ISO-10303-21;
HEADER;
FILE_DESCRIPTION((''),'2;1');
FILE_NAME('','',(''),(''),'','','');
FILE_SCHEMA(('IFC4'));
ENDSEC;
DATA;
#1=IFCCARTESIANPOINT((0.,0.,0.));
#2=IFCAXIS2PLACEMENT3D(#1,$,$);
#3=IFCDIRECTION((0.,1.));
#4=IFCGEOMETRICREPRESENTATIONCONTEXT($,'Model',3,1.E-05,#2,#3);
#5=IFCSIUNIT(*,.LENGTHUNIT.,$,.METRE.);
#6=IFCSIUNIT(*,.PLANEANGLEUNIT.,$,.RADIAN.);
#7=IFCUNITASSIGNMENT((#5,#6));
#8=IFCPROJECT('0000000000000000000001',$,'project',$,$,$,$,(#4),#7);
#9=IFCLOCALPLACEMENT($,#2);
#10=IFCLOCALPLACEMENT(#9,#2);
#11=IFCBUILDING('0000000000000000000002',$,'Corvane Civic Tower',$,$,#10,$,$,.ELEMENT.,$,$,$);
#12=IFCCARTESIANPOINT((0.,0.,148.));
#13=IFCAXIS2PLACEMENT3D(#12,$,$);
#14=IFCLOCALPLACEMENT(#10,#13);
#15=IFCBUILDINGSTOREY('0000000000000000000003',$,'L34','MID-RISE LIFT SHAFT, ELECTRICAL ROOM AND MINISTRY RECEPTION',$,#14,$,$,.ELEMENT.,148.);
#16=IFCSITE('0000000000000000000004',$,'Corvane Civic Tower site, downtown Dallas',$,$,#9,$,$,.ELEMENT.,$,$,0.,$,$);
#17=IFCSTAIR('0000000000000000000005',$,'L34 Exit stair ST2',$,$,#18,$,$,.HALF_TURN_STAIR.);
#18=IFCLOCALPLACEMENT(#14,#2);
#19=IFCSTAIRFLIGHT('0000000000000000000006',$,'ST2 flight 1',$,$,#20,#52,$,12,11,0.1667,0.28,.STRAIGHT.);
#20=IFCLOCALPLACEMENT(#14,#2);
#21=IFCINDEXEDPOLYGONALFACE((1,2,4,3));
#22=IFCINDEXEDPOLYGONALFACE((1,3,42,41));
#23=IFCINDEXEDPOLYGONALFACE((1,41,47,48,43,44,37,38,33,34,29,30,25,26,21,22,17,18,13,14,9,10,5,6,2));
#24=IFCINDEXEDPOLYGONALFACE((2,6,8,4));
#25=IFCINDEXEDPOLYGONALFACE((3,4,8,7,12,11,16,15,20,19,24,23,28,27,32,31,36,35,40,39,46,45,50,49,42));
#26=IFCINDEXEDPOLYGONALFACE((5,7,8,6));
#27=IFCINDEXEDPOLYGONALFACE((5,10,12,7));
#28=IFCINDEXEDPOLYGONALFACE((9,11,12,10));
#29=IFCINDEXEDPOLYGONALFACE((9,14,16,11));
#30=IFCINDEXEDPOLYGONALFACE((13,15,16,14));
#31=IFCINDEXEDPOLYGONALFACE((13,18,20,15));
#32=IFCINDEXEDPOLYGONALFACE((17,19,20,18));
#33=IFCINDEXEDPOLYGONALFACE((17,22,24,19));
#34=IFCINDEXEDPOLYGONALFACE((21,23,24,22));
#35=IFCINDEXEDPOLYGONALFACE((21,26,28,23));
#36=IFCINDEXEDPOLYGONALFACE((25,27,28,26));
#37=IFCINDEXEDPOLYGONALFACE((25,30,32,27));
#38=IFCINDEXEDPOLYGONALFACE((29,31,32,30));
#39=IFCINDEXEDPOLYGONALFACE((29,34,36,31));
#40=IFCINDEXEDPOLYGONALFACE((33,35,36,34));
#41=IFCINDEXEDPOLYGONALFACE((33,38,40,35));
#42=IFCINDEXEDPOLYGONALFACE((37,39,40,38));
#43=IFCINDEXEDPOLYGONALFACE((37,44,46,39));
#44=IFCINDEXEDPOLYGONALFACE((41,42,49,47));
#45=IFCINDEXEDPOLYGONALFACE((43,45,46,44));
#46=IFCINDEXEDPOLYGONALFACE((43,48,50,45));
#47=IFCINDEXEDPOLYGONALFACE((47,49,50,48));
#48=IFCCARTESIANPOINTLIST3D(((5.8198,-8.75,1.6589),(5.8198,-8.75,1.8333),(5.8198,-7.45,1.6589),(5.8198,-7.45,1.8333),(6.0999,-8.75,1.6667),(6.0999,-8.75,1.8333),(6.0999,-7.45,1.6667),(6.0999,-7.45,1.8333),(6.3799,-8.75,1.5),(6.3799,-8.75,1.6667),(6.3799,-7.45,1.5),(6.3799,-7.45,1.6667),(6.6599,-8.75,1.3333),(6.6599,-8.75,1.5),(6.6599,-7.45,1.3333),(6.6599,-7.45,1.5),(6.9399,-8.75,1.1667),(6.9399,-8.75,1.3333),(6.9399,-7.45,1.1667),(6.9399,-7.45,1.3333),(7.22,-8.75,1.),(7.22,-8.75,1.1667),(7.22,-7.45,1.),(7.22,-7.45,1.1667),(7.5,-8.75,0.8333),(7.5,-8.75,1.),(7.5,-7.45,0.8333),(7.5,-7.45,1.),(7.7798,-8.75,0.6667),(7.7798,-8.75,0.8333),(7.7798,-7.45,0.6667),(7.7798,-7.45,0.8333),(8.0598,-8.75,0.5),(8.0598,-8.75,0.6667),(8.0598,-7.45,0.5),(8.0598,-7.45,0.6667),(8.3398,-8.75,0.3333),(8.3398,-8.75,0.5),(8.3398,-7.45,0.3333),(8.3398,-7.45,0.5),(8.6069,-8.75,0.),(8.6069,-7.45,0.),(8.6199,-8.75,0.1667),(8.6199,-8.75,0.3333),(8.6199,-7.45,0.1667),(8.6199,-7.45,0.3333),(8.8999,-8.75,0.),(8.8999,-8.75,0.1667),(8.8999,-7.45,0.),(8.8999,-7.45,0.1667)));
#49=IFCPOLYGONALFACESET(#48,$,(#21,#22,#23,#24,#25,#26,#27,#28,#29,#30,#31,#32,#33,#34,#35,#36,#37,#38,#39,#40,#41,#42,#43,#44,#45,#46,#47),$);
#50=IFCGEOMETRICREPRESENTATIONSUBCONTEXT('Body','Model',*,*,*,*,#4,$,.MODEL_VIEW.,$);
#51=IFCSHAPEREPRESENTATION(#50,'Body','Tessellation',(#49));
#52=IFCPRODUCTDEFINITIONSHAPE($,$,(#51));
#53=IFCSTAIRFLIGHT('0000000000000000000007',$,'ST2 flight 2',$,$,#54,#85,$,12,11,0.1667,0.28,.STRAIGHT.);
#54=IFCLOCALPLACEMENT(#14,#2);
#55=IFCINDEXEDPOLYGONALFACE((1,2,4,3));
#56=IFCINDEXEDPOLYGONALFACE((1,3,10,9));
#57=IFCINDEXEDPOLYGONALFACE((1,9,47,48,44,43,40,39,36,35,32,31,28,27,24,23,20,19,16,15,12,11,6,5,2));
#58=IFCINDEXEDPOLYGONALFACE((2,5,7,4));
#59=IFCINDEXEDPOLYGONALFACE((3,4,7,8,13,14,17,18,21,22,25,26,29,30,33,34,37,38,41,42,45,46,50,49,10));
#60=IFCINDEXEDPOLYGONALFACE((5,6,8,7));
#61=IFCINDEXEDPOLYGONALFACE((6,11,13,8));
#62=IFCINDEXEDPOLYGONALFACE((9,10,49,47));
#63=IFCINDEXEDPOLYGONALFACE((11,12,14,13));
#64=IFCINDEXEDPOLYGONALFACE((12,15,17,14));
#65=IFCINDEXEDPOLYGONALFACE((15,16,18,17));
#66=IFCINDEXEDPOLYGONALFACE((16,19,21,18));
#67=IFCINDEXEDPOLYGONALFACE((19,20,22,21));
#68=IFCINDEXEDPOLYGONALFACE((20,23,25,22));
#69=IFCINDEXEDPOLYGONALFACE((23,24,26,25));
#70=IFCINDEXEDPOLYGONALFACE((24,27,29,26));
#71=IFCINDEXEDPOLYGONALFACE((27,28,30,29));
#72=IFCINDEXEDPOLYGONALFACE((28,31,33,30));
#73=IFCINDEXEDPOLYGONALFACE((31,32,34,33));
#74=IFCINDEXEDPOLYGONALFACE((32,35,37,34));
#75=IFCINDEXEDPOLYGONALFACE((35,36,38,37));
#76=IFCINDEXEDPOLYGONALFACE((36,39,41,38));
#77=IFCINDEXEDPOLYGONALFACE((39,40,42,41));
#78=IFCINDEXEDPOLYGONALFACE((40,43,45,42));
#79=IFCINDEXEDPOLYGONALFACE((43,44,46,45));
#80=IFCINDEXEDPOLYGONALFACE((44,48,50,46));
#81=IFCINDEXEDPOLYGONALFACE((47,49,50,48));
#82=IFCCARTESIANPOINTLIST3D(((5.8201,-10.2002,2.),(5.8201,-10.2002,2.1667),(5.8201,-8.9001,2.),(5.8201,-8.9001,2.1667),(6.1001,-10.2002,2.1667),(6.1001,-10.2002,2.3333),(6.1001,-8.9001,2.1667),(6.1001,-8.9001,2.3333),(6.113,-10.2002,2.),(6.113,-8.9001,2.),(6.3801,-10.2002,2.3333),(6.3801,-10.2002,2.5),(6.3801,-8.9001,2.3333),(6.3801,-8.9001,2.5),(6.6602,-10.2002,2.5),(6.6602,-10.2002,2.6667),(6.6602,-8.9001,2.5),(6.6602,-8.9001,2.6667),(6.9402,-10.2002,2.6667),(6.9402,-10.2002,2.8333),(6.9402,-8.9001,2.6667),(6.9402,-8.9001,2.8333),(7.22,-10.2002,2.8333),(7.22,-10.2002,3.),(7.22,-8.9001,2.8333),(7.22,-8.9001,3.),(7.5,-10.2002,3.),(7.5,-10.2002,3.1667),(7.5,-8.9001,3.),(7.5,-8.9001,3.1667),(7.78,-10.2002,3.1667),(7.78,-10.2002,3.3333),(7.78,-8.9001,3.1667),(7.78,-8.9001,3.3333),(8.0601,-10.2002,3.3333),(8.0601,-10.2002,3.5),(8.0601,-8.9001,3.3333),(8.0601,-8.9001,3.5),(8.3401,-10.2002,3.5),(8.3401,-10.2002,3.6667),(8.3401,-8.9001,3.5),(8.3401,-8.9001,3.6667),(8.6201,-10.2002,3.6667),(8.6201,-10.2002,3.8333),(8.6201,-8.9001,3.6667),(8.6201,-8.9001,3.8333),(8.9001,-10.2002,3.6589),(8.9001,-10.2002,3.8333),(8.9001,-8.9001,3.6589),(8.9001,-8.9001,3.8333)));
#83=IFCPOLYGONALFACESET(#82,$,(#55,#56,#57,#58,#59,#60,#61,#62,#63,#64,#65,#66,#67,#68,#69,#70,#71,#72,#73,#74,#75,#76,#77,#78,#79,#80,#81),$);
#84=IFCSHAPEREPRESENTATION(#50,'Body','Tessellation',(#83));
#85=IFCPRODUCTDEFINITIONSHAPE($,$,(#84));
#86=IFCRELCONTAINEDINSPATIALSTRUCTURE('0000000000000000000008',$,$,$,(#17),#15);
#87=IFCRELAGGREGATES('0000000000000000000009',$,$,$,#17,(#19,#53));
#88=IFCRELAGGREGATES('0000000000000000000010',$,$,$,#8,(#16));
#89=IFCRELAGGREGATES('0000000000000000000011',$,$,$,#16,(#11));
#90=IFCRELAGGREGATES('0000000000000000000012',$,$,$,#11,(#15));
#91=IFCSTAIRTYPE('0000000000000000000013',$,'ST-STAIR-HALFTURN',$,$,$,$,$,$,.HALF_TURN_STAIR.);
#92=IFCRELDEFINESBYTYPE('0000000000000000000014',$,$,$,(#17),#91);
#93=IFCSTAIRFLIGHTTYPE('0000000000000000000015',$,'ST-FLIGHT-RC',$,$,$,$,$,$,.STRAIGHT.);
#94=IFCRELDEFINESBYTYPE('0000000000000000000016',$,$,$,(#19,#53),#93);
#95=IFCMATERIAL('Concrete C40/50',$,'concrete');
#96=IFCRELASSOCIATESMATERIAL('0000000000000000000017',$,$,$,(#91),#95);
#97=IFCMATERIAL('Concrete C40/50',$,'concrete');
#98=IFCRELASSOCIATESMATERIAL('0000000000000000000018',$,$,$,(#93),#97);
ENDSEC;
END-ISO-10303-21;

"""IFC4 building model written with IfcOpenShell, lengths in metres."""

from ifc_helpers import new_model, si_unit, direction, frame, origin, place, context, subcontext, project, spatial, polyline, outline, extrude, material, type_object, element, aggregate, save


model = new_model("IFC4")

# Units and contexts
model_context = context("Model", 3, precision=1e-05, world=origin(), true_north=direction((0.0, 1.0)))
body_context = subcontext(model_context, "Body", "Model", "MODEL_VIEW")
ifc_project = project(units=[si_unit("LENGTHUNIT", "METRE"), si_unit("PLANEANGLEUNIT", "RADIAN")], contexts=[model_context])

# Site, building, storey
site_placement = place(None, origin())
site = spatial("IfcSite", under=ifc_project, at=site_placement, Name="Corvane Civic Tower site, downtown Dallas", CompositionType="ELEMENT", RefElevation=0.0)
building_placement = place(site_placement, origin())
building = spatial("IfcBuilding", under=site, at=building_placement, Name="Corvane Civic Tower", CompositionType="ELEMENT")
storey_placement = place(building_placement, frame((0.0, 0.0, 148.0)))
storey = spatial("IfcBuildingStorey", under=building, at=storey_placement, Name="L34", Description="MID-RISE LIFT SHAFT, ELECTRICAL ROOM AND MINISTRY RECEPTION", CompositionType="ELEMENT", Elevation=148.0)

# Stair, stair flights
ifc_material_1 = material(Name="Concrete C40/50", Category="concrete")
stair_type = type_object("IfcStairType", Name="ST-STAIR-HALFTURN", PredefinedType="HALF_TURN_STAIR", material=ifc_material_1)
stair_placement = place(storey_placement, origin())
stair = element("IfcStair", 1, at=stair_placement, inside=storey, type_object=stair_type, Name="L34 Exit stair ST2", PredefinedType="HALF_TURN_STAIR")
ifc_material_2 = material(Name="Concrete C40/50", Category="concrete")
stair_flight_type = type_object("IfcStairFlightType", Name="ST-FLIGHT-RC", PredefinedType="STRAIGHT", material=ifc_material_2)
stair_flight_1_placement = place(storey_placement, frame((8.8999, -8.1001, 0.0), z_axis=(0.0, 0.0, 1.0), x_axis=(-1.0, 0.0, 0.0)))
stair_flight_1 = element("IfcStairFlight", 2, at=stair_flight_1_placement, type_object=stair_flight_type, Name="ST2 flight 1", NumberOfRisers=12, NumberOfTreads=11, PredefinedType="STRAIGHT", RiserHeight=0.1667, TreadLength=0.28, context=body_context, shape_type="SweptSolid", body=[
    extrude(outline(polyline([(0.0, 0.0), (0.0, 0.1667), (0.28, 0.1667), (0.28, 0.3333), (0.5601, 0.3333), (0.5601, 0.5), (0.8401, 0.5), (0.8401, 0.6667), (1.1201, 0.6667), (1.1201, 0.8333), (1.3999, 0.8333), (1.3999, 1.0), (1.6799, 1.0), (1.6799, 1.1667), (1.96, 1.1667), (1.96, 1.3333), (2.24, 1.3333), (2.24, 1.5), (2.52, 1.5), (2.52, 1.6667), (2.8, 1.6667), (2.8, 1.8333), (3.0801, 1.8333), (3.0801, 2.0), (3.0801, 1.6589), (0.293, 0.0), (0.0, 0.0)])), frame((0.0, 0.6499, 0.0), z_axis=(0.0, -1.0, 0.0), x_axis=(1.0, 0.0, 0.0)), (0.0, 0.0, 1.0), 1.3),
])
stair_flight_2_placement = place(storey_placement, frame((5.8201, -9.55, 2.0), z_axis=(0.0, 0.0, 1.0), x_axis=(1.0, 0.0, 0.0)))
stair_flight_2 = element("IfcStairFlight", 3, at=stair_flight_2_placement, type_object=stair_flight_type, Name="ST2 flight 2", NumberOfRisers=12, NumberOfTreads=11, PredefinedType="STRAIGHT", RiserHeight=0.1667, TreadLength=0.28, context=body_context, shape_type="SweptSolid", body=[
    extrude(outline(polyline([(0.0, 0.0), (0.0, 0.1667), (0.28, 0.1667), (0.28, 0.3333), (0.5601, 0.3333), (0.5601, 0.5), (0.8401, 0.5), (0.8401, 0.6667), (1.1201, 0.6667), (1.1201, 0.8333), (1.3999, 0.8333), (1.3999, 1.0), (1.6799, 1.0), (1.6799, 1.1667), (1.96, 1.1667), (1.96, 1.3333), (2.24, 1.3333), (2.24, 1.5), (2.52, 1.5), (2.52, 1.6667), (2.8, 1.6667), (2.8, 1.8333), (3.0801, 1.8333), (3.0801, 2.0), (3.0801, 1.6589), (0.293, 0.0), (0.0, 0.0)])), frame((0.0, 0.6499, 0.0), z_axis=(0.0, -1.0, 0.0), x_axis=(1.0, 0.0, 0.0)), (0.0, 0.0, 1.0), 1.3),
])
aggregate(stair, [stair_flight_1, stair_flight_2])

save(model, "model.ifc")
